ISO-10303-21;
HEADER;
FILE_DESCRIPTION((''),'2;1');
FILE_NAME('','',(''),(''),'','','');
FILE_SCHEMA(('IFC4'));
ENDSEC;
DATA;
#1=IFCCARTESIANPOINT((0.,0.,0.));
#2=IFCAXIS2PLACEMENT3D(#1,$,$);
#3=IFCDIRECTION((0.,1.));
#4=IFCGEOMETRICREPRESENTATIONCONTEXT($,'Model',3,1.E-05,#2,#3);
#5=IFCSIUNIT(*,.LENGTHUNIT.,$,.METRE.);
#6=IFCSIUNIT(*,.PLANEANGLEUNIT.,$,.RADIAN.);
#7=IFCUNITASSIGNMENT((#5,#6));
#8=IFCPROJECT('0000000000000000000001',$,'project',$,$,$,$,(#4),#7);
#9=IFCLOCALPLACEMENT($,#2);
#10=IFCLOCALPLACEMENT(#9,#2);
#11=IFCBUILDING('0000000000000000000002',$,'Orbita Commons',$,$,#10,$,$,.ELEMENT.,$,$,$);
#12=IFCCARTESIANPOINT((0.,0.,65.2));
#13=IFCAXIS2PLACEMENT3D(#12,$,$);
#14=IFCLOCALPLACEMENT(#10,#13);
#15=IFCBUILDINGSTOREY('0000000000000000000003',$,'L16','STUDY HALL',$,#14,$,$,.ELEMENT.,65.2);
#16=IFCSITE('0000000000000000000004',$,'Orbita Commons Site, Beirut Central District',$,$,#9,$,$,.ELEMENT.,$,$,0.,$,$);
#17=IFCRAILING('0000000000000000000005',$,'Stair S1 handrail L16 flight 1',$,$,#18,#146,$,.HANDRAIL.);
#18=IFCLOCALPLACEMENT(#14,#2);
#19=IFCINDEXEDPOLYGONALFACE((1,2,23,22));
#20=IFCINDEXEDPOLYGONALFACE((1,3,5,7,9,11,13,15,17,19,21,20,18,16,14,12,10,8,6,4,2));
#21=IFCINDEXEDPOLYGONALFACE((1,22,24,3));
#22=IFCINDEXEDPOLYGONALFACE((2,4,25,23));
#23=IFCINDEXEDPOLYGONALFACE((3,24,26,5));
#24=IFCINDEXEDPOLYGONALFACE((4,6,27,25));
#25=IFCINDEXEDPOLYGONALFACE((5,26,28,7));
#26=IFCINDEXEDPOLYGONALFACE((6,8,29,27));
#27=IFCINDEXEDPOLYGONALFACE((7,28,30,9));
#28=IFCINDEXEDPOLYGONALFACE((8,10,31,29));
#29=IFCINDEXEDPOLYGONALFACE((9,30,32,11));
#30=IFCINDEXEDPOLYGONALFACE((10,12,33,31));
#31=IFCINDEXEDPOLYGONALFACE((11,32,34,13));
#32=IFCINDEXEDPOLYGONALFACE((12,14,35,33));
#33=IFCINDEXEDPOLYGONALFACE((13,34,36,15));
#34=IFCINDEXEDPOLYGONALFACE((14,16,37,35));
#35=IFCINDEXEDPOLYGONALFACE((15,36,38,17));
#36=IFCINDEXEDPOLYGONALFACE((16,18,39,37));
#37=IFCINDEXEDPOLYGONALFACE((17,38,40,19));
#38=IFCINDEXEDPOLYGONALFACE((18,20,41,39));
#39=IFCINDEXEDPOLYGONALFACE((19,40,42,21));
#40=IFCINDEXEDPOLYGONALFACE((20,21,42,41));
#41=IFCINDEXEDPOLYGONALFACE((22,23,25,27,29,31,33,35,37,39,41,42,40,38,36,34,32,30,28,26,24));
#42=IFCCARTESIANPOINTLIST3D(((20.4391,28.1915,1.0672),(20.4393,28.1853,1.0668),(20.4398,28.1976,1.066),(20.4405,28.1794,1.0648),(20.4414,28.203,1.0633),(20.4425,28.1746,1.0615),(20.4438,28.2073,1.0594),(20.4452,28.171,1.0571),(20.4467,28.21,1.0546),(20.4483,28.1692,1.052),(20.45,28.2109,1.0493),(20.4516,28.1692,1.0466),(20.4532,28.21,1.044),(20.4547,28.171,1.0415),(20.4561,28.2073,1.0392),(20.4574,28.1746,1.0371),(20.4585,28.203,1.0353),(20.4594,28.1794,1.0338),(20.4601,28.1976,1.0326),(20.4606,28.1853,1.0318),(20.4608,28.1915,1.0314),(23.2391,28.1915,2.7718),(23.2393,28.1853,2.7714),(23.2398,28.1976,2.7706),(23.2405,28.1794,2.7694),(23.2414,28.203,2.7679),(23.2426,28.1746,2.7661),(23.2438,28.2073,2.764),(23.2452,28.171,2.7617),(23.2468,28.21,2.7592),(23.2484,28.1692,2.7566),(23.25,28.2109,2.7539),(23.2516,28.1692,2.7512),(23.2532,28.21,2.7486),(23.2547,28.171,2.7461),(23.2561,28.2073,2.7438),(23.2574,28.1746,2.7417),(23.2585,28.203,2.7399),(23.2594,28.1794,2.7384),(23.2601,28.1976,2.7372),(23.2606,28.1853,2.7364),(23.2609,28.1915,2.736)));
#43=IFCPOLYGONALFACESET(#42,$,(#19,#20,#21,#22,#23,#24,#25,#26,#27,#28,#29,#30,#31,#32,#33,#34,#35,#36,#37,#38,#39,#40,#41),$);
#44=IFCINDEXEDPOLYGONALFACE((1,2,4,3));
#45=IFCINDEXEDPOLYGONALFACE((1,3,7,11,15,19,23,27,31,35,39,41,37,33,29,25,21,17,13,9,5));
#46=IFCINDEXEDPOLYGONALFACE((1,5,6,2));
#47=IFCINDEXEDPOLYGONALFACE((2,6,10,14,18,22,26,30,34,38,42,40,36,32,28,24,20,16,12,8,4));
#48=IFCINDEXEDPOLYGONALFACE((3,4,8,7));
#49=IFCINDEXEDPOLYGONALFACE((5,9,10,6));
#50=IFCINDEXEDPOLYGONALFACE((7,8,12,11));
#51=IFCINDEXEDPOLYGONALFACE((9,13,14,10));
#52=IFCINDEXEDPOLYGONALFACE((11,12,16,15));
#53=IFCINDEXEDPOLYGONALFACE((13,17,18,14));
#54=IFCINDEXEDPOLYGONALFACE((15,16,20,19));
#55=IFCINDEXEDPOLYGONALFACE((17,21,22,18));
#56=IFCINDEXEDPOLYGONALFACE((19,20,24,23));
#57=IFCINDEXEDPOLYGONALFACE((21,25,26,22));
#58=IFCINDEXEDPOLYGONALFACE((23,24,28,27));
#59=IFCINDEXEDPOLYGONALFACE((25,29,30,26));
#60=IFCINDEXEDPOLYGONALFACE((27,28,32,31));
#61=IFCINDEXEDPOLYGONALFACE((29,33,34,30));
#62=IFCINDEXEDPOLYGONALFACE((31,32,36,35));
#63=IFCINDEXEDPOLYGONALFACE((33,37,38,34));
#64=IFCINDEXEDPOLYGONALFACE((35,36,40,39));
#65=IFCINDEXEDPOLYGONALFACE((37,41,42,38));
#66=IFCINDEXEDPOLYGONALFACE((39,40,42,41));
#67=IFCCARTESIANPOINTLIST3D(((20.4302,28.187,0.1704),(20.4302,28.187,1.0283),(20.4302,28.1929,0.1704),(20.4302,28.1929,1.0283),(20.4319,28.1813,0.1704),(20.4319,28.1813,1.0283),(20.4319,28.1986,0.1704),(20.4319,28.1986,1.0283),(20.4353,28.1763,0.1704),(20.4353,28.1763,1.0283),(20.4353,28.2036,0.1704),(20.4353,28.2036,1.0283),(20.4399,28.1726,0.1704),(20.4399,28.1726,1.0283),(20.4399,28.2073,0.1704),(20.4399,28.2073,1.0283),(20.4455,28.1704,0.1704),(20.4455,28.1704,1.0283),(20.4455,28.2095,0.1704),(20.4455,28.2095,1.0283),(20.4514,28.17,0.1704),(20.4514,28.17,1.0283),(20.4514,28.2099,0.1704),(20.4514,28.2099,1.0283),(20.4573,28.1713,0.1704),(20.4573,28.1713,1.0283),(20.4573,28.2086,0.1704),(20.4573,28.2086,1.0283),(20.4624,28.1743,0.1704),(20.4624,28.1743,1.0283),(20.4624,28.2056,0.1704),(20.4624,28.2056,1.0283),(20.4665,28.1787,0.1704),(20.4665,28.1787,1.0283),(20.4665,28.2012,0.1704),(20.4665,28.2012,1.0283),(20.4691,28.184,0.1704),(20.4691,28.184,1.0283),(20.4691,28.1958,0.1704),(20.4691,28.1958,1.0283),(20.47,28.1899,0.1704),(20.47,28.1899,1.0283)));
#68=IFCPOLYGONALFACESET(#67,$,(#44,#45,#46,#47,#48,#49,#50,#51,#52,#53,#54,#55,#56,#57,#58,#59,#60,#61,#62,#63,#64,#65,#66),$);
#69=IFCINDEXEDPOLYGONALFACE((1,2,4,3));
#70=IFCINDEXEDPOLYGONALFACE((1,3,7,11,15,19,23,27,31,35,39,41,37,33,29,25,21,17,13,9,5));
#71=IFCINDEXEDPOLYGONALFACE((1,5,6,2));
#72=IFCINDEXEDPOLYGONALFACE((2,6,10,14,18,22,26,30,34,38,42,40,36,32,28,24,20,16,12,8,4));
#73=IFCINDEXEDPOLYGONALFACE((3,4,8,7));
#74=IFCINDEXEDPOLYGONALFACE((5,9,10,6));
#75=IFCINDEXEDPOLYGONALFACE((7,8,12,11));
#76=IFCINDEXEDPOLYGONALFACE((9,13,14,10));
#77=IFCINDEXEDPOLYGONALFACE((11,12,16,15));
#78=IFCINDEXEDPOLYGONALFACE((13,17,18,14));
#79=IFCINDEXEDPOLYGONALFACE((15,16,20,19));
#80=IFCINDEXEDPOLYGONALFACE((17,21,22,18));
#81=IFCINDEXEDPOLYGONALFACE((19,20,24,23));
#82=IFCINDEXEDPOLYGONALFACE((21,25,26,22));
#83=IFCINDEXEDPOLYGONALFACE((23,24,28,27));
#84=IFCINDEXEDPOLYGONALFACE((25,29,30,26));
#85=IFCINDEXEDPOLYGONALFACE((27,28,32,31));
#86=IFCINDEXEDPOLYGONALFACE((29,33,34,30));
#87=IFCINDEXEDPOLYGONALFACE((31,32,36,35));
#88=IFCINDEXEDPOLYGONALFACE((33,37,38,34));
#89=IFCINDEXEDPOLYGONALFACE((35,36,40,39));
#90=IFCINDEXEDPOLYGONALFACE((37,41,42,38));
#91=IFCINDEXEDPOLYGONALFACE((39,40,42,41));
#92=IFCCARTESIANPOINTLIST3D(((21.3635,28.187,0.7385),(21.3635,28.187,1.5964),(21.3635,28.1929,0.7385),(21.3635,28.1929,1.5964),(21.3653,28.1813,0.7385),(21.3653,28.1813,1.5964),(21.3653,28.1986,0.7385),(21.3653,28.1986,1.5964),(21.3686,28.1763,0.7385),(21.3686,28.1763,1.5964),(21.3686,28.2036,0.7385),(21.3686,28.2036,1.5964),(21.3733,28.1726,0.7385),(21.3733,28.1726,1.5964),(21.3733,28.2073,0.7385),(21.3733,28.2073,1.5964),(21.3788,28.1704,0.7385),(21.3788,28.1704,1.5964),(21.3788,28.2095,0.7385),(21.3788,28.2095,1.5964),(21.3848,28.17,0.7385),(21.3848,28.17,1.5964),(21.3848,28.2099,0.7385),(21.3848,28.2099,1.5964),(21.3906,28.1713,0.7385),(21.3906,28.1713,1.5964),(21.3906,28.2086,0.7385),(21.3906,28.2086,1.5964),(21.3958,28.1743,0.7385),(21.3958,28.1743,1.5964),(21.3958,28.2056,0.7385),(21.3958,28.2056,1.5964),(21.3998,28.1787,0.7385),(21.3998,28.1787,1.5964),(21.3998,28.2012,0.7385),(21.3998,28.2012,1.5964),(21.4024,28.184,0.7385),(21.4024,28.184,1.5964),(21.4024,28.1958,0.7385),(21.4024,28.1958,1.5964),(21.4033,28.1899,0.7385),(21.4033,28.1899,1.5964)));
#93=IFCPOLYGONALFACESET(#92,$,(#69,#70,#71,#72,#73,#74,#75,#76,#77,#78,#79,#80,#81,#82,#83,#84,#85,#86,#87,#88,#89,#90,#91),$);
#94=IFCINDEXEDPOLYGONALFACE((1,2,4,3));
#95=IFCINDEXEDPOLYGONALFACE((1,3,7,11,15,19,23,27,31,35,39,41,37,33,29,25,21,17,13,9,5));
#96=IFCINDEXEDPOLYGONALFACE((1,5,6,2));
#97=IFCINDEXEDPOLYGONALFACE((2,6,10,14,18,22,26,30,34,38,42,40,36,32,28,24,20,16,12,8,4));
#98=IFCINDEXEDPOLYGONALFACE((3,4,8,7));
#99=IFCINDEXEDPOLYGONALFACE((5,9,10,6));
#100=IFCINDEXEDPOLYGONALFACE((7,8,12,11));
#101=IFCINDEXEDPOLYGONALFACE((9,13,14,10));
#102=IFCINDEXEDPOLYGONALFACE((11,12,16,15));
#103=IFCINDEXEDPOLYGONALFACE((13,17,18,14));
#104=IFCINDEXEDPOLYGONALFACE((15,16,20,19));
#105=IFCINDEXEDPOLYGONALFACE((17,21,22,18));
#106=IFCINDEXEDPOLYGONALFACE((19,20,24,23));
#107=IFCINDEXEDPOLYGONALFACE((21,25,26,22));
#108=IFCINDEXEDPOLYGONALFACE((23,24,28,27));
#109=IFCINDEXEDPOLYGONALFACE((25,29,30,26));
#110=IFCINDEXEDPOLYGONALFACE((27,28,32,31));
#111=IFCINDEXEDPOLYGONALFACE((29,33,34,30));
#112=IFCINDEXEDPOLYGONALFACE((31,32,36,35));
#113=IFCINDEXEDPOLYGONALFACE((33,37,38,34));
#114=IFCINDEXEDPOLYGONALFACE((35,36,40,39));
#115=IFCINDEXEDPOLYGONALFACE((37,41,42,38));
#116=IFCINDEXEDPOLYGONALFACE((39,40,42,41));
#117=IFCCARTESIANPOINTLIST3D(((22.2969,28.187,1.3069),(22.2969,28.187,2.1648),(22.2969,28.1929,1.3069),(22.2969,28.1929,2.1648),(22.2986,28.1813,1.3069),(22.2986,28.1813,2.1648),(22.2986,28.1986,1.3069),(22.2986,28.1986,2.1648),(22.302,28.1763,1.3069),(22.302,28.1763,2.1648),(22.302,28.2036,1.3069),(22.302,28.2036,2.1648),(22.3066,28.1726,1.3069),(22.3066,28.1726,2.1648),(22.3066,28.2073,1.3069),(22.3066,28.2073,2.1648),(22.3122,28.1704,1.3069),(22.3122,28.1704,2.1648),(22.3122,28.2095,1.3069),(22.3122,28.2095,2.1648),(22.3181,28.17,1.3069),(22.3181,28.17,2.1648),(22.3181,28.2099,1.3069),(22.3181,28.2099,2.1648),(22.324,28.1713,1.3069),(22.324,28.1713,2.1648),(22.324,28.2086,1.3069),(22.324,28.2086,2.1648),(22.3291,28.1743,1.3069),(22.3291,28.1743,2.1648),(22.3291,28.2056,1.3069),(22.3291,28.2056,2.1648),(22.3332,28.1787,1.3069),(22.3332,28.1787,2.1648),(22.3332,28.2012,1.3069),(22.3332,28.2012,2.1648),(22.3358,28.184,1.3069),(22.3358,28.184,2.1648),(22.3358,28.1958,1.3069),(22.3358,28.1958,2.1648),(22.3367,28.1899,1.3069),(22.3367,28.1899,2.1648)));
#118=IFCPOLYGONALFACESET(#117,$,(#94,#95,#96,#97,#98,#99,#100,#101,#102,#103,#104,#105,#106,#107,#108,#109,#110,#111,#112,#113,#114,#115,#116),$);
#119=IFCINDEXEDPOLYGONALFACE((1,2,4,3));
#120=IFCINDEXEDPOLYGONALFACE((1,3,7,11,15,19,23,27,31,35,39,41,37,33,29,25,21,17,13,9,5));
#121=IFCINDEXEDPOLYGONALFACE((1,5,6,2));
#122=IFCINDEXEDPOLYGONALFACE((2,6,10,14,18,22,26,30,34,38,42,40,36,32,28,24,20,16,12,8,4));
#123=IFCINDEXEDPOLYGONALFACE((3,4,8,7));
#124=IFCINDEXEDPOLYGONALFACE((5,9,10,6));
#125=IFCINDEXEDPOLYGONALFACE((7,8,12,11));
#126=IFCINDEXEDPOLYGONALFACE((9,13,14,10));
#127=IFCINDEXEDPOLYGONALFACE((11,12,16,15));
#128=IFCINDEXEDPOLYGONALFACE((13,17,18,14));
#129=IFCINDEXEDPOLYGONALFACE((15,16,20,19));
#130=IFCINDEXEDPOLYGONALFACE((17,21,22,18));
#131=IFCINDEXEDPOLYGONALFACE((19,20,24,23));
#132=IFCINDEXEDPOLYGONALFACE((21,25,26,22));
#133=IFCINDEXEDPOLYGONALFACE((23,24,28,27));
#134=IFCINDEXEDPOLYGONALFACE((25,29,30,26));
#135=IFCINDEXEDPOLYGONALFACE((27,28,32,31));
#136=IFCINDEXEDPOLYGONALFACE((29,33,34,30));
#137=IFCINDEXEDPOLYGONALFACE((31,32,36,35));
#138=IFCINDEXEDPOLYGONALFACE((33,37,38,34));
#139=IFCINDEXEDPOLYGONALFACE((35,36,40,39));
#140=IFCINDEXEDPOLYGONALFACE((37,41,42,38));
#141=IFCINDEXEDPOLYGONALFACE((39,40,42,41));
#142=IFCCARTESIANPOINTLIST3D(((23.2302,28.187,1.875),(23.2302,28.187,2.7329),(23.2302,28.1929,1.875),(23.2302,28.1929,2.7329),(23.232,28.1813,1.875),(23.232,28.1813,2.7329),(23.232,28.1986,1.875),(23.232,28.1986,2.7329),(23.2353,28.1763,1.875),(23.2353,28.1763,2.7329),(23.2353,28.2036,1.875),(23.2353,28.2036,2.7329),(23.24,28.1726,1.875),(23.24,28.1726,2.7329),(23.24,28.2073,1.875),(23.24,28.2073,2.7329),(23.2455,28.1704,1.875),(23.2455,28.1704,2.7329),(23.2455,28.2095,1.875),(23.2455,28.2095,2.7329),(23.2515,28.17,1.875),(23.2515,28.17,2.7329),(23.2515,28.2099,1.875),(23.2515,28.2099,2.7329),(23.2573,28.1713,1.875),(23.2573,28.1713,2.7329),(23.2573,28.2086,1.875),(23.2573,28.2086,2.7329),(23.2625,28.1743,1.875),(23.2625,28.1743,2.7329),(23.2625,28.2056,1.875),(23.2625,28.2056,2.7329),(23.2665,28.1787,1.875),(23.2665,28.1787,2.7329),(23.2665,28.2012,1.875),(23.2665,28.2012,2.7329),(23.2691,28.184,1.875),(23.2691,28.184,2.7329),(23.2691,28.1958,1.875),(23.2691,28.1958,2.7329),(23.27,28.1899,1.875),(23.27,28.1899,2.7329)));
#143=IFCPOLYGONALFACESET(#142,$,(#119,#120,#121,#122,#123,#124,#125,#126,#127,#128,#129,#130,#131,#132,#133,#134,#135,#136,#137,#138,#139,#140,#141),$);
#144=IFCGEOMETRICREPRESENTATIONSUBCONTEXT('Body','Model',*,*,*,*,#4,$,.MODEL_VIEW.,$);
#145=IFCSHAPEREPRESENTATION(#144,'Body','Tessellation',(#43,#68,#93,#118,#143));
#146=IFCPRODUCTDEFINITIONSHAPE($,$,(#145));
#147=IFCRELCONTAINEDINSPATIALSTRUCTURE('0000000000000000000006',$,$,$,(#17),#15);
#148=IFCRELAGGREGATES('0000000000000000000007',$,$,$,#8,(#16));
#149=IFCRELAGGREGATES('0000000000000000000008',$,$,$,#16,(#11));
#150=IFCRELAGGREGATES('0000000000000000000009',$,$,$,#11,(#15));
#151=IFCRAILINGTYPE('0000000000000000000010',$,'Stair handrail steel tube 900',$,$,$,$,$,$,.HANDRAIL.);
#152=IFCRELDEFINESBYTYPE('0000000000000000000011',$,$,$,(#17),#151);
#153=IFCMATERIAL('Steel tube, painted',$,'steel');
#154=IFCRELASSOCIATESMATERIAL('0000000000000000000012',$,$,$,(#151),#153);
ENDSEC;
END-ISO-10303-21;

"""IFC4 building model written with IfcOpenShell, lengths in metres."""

from ifc_helpers import new_model, si_unit, direction, frame, origin, origin_2d, place, context, subcontext, project, spatial, circle, extrude, material, type_object, element, save


model = new_model("IFC4")

# Units and contexts
model_context = context("Model", 3, precision=1e-05, world=origin(), true_north=direction((0.0, 1.0)))
body_context = subcontext(model_context, "Body", "Model", "MODEL_VIEW")
ifc_project = project(units=[si_unit("LENGTHUNIT", "METRE"), si_unit("PLANEANGLEUNIT", "RADIAN")], contexts=[model_context])

# Site, building, storey
site_placement = place(None, origin())
site = spatial("IfcSite", under=ifc_project, at=site_placement, Name="Orbita Commons Site, Beirut Central District", CompositionType="ELEMENT", RefElevation=0.0)
building_placement = place(site_placement, origin())
building = spatial("IfcBuilding", under=site, at=building_placement, Name="Orbita Commons", CompositionType="ELEMENT")
storey_placement = place(building_placement, frame((0.0, 0.0, 65.2)))
storey = spatial("IfcBuildingStorey", under=building, at=storey_placement, Name="L16", Description="STUDY HALL", CompositionType="ELEMENT", Elevation=65.2)

# Railing
ifc_material_1 = material(Name="Steel tube, painted", Category="steel")
railing_type = type_object("IfcRailingType", Name="Stair handrail steel tube 900", PredefinedType="HANDRAIL", material=ifc_material_1)
for number, where, name in (
    (1, (20.45, 28.1899, 0.1704), "Stair S1 handrail L16 flight 1"),
):
    element("IfcRailing", number, at=place(storey_placement, frame(where)), inside=storey, type_object=railing_type, Name=name, PredefinedType="HANDRAIL", context=body_context, shape_type="SweptSolid", body=[
        extrude(circle(Radius=0.021, at=origin_2d()), frame((0.0, 0.0, 0.8789), z_axis=(0.85417, 0.0, 0.519994), x_axis=(0.0, 1.0, 0.0)), (0.0, 0.0, 1.0), 3.2781),
        extrude(circle(Radius=0.02, at=origin_2d()), origin(), (0.0, 0.0, 1.0), 0.8579),
        extrude(circle(Radius=0.02, at=origin_2d()), frame((0.9333, 0.0, 0.5681)), (0.0, 0.0, 1.0), 0.8579),
        extrude(circle(Radius=0.02, at=origin_2d()), frame((1.8667, 0.0, 1.1365)), (0.0, 0.0, 1.0), 0.8579),
        extrude(circle(Radius=0.02, at=origin_2d()), frame((2.8, 0.0, 1.7046)), (0.0, 0.0, 1.0), 0.8579),
    ])

save(model, "model.ifc")
